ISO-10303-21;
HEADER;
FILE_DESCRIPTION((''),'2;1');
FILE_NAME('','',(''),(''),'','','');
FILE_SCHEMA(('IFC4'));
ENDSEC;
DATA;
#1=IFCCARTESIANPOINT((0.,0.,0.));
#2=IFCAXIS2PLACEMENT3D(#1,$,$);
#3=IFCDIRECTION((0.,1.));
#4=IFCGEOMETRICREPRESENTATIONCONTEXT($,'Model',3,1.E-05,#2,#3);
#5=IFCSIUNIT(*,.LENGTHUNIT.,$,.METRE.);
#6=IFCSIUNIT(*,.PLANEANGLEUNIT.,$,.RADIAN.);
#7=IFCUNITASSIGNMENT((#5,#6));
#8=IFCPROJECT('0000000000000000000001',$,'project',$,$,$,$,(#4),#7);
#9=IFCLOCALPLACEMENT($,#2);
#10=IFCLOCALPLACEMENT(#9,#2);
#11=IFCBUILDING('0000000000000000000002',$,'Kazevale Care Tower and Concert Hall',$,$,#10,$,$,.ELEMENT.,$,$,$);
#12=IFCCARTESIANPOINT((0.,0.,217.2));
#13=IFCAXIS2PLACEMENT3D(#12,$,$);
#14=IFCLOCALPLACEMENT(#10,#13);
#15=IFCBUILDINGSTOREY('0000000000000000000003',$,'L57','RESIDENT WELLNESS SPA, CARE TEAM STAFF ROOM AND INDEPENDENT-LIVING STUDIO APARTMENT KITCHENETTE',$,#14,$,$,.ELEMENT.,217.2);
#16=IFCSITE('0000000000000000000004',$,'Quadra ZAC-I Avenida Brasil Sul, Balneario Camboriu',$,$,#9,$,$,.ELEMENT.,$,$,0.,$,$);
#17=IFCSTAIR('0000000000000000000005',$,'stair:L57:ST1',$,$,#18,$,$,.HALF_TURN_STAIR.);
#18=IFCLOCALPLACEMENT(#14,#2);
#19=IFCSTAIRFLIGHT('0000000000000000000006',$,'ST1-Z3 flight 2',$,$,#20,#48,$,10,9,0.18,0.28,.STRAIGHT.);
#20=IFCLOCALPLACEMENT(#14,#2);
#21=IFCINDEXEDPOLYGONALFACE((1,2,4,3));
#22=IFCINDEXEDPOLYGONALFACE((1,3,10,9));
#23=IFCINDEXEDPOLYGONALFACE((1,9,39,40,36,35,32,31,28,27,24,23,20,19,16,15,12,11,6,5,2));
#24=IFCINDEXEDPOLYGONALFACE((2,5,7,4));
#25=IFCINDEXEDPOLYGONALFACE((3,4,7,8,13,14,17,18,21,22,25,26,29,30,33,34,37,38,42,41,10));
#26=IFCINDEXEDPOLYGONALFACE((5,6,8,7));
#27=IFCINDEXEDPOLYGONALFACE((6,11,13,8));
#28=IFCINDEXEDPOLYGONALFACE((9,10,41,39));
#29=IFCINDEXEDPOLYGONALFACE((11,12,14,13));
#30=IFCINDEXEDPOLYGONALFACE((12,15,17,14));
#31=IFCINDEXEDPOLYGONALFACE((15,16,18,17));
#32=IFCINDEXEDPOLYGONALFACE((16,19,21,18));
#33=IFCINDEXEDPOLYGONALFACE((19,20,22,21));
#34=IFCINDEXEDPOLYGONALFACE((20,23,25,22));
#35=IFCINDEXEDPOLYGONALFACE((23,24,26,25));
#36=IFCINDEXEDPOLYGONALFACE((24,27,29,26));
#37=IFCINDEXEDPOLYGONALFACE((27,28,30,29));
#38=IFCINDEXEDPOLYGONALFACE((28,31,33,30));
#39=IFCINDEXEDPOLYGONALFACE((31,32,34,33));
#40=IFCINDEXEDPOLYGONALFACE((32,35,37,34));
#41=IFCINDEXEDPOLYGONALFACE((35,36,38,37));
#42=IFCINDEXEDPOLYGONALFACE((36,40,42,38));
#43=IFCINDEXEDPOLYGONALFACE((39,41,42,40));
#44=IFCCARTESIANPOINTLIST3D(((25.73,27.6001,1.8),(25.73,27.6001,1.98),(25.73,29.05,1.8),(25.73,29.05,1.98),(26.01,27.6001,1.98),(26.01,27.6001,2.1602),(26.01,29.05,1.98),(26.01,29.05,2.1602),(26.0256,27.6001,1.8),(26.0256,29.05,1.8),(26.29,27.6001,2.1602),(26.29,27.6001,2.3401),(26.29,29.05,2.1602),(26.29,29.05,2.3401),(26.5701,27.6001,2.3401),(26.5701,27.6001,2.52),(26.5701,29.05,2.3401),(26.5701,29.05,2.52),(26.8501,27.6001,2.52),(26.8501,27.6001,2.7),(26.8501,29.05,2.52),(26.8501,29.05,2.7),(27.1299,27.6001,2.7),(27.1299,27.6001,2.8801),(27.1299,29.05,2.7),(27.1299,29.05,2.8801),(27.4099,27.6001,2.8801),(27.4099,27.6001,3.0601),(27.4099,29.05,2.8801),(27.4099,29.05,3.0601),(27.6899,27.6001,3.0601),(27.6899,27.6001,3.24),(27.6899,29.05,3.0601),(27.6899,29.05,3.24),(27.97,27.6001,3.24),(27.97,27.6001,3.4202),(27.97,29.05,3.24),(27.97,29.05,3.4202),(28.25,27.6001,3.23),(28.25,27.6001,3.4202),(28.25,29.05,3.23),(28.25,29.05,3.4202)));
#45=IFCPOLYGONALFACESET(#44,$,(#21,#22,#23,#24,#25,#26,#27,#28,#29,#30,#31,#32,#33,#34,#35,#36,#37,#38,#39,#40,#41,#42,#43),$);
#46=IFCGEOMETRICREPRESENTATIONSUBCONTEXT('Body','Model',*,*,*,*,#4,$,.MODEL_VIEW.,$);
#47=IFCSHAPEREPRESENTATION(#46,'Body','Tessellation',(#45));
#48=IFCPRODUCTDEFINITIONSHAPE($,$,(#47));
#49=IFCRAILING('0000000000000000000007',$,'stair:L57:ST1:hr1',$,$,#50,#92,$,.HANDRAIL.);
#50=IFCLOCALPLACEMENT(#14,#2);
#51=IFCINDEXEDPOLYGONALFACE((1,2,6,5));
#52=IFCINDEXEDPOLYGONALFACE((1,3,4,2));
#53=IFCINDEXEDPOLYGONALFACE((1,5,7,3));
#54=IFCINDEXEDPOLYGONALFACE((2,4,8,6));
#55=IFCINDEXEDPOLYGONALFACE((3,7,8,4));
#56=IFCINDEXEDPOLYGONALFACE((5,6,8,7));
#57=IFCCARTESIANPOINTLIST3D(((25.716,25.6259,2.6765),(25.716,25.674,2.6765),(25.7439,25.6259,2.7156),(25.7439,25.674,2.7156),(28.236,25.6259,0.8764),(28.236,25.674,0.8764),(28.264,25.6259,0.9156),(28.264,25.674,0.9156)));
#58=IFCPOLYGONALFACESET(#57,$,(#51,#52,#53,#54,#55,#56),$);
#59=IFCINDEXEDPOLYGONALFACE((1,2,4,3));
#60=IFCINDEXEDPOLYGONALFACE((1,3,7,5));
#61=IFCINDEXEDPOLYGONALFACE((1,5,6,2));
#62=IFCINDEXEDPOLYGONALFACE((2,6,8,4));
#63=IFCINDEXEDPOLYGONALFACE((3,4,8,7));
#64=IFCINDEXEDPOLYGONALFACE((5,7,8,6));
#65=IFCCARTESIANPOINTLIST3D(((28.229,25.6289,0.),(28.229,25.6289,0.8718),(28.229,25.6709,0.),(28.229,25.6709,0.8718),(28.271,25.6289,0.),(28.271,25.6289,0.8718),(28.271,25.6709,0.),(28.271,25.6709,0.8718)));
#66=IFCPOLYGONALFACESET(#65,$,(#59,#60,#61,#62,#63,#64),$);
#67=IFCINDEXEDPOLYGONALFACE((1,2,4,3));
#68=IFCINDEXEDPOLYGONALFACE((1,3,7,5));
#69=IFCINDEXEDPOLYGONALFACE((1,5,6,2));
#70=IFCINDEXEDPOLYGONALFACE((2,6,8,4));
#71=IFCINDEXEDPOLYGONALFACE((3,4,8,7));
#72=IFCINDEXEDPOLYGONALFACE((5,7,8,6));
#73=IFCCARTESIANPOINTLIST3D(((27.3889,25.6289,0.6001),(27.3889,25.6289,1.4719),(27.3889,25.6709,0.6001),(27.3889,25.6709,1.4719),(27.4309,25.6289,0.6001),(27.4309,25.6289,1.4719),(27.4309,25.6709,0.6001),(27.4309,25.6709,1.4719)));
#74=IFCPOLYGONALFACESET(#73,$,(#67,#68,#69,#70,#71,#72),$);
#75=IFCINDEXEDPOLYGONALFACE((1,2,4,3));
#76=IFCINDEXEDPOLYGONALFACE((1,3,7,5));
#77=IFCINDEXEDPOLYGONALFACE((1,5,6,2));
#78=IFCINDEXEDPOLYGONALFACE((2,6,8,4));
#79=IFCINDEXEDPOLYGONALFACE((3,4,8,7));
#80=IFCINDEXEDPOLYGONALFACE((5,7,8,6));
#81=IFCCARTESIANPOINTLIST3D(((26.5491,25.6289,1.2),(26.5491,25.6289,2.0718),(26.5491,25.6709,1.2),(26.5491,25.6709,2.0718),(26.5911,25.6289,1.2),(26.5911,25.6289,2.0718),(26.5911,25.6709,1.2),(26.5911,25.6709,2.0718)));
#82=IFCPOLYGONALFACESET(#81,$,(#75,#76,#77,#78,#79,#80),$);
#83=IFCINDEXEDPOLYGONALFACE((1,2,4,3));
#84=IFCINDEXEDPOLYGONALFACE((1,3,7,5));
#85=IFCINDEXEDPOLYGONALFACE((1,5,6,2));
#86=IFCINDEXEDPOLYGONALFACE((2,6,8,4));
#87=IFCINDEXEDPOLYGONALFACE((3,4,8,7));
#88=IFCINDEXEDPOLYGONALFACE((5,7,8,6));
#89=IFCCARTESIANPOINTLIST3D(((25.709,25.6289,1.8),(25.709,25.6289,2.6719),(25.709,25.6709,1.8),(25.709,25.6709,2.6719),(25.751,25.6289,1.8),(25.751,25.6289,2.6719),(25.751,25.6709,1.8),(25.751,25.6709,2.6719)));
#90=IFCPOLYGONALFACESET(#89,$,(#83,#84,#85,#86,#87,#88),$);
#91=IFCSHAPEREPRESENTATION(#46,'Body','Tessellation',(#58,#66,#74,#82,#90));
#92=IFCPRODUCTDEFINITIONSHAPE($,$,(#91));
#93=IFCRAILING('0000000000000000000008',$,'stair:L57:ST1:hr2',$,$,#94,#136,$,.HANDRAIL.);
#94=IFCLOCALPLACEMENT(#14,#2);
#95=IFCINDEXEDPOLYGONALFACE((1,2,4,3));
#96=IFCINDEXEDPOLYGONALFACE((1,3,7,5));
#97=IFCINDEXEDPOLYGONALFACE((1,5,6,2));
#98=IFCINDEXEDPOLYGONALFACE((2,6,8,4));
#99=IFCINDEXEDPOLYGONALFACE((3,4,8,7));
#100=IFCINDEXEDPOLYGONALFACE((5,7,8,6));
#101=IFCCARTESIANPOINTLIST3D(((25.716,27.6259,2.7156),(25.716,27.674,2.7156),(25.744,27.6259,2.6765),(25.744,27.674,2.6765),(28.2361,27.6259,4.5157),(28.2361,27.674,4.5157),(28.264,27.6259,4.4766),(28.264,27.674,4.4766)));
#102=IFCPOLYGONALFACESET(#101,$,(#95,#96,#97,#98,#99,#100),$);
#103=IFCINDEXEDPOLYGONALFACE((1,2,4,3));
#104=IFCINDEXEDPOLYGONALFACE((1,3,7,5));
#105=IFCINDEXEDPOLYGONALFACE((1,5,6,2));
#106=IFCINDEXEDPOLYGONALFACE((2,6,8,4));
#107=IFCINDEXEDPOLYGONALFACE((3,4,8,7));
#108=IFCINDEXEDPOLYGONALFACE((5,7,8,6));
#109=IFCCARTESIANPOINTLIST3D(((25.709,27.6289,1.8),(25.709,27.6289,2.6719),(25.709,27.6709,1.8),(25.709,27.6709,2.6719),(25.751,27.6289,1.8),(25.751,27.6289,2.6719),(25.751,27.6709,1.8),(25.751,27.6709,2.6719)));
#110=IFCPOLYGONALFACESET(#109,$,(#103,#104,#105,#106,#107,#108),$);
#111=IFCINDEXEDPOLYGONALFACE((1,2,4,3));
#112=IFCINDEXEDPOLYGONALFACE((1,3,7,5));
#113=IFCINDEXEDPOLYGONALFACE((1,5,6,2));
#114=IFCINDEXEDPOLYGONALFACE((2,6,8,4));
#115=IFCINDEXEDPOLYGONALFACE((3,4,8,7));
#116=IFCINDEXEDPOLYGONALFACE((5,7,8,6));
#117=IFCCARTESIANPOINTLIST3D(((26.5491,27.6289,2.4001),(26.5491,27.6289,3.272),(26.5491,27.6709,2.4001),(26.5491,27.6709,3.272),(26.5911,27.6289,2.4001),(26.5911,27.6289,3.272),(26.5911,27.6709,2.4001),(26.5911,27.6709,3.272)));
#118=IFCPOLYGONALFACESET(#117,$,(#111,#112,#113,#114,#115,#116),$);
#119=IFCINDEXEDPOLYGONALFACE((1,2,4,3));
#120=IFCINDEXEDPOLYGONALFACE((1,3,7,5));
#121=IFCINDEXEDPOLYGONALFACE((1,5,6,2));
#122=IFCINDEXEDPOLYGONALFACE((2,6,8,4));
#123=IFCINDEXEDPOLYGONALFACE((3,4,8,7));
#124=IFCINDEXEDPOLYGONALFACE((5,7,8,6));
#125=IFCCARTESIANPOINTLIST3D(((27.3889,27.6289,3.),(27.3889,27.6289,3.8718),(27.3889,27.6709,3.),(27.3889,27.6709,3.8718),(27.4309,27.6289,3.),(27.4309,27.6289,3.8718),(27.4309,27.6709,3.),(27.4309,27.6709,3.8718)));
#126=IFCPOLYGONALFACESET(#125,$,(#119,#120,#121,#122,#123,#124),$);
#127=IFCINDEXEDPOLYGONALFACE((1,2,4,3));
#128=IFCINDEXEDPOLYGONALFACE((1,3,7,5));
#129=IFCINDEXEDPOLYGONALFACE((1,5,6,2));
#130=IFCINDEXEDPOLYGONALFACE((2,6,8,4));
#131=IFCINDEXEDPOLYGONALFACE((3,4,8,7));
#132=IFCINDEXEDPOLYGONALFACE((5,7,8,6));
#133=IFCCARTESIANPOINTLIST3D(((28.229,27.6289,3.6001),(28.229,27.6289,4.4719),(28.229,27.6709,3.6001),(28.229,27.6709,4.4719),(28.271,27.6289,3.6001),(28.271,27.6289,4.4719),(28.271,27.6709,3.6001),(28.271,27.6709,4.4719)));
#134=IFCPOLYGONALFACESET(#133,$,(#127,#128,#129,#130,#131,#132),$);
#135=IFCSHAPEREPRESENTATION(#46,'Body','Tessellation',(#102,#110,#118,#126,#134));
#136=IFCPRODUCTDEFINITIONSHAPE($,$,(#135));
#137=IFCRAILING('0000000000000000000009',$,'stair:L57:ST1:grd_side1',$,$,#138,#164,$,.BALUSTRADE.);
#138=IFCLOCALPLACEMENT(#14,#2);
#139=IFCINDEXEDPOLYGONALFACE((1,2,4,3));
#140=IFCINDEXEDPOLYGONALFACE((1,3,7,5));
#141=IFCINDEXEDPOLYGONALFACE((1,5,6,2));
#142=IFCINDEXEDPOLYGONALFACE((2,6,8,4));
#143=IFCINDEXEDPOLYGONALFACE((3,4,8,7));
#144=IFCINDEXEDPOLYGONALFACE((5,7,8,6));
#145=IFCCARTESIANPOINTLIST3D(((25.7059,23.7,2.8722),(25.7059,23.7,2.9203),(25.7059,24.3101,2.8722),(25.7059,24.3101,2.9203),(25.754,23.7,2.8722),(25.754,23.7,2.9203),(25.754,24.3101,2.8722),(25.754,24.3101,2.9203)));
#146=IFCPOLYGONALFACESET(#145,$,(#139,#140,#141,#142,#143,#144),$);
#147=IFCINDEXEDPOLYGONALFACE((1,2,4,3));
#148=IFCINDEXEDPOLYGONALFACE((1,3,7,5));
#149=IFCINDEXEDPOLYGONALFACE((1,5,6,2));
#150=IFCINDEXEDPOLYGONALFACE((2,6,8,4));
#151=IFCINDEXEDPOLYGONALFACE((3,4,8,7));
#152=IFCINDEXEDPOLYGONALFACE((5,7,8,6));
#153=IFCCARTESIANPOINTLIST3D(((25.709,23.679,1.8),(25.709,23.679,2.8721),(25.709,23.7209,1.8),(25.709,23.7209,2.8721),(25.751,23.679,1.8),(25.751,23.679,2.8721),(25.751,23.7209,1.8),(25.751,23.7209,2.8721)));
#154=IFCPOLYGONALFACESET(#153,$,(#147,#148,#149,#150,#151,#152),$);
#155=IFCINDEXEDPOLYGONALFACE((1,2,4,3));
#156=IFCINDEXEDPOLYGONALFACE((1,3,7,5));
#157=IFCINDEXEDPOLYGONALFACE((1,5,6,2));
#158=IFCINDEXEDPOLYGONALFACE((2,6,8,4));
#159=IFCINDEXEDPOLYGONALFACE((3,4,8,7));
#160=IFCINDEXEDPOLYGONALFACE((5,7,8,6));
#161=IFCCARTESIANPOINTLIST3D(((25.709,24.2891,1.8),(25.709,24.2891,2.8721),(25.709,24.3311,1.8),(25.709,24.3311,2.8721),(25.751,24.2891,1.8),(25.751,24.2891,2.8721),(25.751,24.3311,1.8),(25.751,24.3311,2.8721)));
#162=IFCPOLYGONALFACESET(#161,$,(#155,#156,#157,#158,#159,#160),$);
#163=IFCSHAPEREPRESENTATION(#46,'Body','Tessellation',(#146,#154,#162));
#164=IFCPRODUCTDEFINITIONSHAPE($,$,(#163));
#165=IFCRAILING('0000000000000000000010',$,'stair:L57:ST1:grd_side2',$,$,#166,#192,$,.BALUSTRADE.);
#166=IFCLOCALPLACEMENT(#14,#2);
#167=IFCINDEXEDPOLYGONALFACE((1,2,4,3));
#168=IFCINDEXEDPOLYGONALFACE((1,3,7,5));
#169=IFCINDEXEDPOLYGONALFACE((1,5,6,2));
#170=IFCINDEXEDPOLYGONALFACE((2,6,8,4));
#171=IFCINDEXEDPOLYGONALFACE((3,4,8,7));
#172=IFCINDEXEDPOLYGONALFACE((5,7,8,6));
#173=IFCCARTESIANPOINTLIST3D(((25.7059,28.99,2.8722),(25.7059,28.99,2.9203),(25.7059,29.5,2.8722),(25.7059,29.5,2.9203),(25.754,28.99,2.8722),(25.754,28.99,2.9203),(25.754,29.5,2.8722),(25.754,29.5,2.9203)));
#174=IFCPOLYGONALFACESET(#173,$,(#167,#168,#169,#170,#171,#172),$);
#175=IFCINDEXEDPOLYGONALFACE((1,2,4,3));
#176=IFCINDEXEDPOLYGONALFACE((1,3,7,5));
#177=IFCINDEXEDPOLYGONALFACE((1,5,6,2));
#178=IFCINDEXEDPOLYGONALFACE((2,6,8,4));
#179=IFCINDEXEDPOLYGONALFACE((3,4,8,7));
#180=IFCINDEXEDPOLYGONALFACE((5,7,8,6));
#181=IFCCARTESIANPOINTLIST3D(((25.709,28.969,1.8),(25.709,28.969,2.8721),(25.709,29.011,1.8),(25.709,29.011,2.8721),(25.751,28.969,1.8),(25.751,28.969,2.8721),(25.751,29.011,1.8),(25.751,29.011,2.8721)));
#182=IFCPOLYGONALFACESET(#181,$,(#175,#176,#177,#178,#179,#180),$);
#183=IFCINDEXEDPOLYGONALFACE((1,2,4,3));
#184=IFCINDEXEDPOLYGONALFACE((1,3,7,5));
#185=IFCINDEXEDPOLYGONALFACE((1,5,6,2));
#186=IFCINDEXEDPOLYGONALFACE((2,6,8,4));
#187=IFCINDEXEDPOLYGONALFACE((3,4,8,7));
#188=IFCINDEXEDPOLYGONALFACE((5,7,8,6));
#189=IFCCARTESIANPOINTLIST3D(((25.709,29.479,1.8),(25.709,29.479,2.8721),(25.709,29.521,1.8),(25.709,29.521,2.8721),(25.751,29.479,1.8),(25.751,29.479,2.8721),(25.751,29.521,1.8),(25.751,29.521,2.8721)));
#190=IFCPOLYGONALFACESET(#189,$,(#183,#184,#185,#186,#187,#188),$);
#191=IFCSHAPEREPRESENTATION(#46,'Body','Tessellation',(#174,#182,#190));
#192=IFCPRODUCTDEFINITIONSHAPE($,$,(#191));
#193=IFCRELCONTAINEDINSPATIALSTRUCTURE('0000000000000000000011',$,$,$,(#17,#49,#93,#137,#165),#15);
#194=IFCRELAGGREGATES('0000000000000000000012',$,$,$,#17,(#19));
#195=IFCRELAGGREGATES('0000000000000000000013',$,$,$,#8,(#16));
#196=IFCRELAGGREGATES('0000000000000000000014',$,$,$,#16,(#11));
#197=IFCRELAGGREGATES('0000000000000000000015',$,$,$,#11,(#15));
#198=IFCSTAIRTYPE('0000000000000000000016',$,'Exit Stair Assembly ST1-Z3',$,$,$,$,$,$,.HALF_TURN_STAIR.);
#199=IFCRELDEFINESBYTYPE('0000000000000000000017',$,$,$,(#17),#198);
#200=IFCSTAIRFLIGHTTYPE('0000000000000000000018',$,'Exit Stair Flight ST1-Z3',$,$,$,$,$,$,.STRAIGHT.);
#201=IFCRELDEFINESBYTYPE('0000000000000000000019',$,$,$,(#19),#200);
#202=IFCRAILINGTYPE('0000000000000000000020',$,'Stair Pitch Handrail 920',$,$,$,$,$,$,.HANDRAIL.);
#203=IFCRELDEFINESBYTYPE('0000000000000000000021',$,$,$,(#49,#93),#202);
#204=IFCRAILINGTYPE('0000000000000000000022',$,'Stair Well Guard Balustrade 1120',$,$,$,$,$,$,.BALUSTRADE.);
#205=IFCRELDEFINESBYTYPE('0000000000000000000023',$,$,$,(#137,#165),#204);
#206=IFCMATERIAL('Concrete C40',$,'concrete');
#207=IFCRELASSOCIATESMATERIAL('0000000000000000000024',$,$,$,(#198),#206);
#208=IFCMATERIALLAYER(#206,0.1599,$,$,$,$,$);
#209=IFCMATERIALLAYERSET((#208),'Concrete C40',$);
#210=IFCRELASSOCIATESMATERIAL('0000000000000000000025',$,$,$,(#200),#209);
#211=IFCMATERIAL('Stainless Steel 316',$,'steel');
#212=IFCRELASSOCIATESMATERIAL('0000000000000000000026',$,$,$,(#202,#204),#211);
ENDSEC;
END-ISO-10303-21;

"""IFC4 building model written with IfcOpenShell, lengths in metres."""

from ifc_helpers import new_model, si_unit, direction, frame, origin, origin_2d, place, context, subcontext, project, spatial, polyline, rectangle, outline, extrude, material, layer, layer_set, type_object, element, aggregate, save


model = new_model("IFC4")

# Units and contexts
model_context = context("Model", 3, precision=1e-05, world=origin(), true_north=direction((0.0, 1.0)))
body_context = subcontext(model_context, "Body", "Model", "MODEL_VIEW")
ifc_project = project(units=[si_unit("LENGTHUNIT", "METRE"), si_unit("PLANEANGLEUNIT", "RADIAN")], contexts=[model_context])

# Site, building, storey
site_placement = place(None, origin())
site = spatial("IfcSite", under=ifc_project, at=site_placement, Name="Quadra ZAC-I Avenida Brasil Sul, Balneario Camboriu", CompositionType="ELEMENT", RefElevation=0.0)
building_placement = place(site_placement, origin())
building = spatial("IfcBuilding", under=site, at=building_placement, Name="Kazevale Care Tower and Concert Hall", CompositionType="ELEMENT")
storey_placement = place(building_placement, frame((0.0, 0.0, 217.2)))
storey = spatial("IfcBuildingStorey", under=building, at=storey_placement, Name="L57", Description="RESIDENT WELLNESS SPA, CARE TEAM STAFF ROOM AND INDEPENDENT-LIVING STUDIO APARTMENT KITCHENETTE", CompositionType="ELEMENT", Elevation=217.2)

# Shared definitions
ifc_material_1 = material(Name="Concrete C40", Category="concrete")
ifc_material_2 = material(Name="Stainless Steel 316", Category="steel")

# Stair, stair flight
stair_type = type_object("IfcStairType", Name="Exit Stair Assembly ST1-Z3", PredefinedType="HALF_TURN_STAIR", material=ifc_material_1)
stair_placement = place(storey_placement, origin())
stair = element("IfcStair", 1, at=stair_placement, inside=storey, type_object=stair_type, Name="stair:L57:ST1", PredefinedType="HALF_TURN_STAIR")
ifc_layer_1 = layer(ifc_material_1, 0.1599)
ifc_layer_set_1 = layer_set([ifc_layer_1], Name="Concrete C40")
stair_flight_type = type_object("IfcStairFlightType", Name="Exit Stair Flight ST1-Z3", PredefinedType="STRAIGHT", material=ifc_layer_set_1)
stair_flight_1_placement = place(storey_placement, frame((25.73, 28.325, 1.8), z_axis=(0.0, 0.0, 1.0), x_axis=(1.0, 0.0, 0.0)))
stair_flight_1 = element("IfcStairFlight", 2, at=stair_flight_1_placement, type_object=stair_flight_type, Name="ST1-Z3 flight 2", NumberOfRisers=10, NumberOfTreads=9, PredefinedType="STRAIGHT", RiserHeight=0.18, TreadLength=0.28, context=body_context, shape_type="SweptSolid", body=[
    extrude(outline(polyline([(0.0, 0.0), (0.0, 0.1799), (0.28, 0.1799), (0.28, 0.3601), (0.5601, 0.3601), (0.5601, 0.54), (0.8401, 0.54), (0.8401, 0.72), (1.1201, 0.72), (1.1201, 0.8999), (1.3999, 0.8999), (1.3999, 1.0801), (1.6799, 1.0801), (1.6799, 1.26), (1.96, 1.26), (1.96, 1.4399), (2.24, 1.4399), (2.24, 1.6201), (2.52, 1.6201), (2.52, 1.8), (2.52, 1.4299), (0.2957, 0.0), (0.0, 0.0)])), frame((0.0, 0.7251, 0.0), z_axis=(0.0, -1.0, 0.0), x_axis=(1.0, 0.0, 0.0)), (0.0, 0.0, 1.0), 1.45),
])
aggregate(stair, [stair_flight_1])

# Railings
railing_type_1 = type_object("IfcRailingType", Name="Stair Pitch Handrail 920", PredefinedType="HANDRAIL", material=ifc_material_2)
railing_1_placement = place(storey_placement, frame((28.25, 25.6499, 0.0)))
element("IfcRailing", 3, at=railing_1_placement, inside=storey, type_object=railing_type_1, Name="stair:L57:ST1:hr1", PredefinedType="HANDRAIL", context=body_context, shape_type="SweptSolid", body=[
    extrude(rectangle(XDim=0.0481, YDim=0.0481, at=origin_2d()), frame((0.0, 0.0, 0.896), z_axis=(-0.813728, 0.0, 0.581246), x_axis=(0.0, -1.0, 0.0)), (0.0, 0.0, 1.0), 3.0969),
    extrude(rectangle(XDim=0.042, YDim=0.042, at=origin_2d()), origin(), (0.0, 0.0, 1.0), 0.8718),
    extrude(rectangle(XDim=0.042, YDim=0.042, at=origin_2d()), frame((-0.8401, 0.0, 0.6001)), (0.0, 0.0, 1.0), 0.8718),
    extrude(rectangle(XDim=0.042, YDim=0.042, at=origin_2d()), frame((-1.6799, 0.0, 1.2)), (0.0, 0.0, 1.0), 0.8718),
    extrude(rectangle(XDim=0.042, YDim=0.042, at=origin_2d()), frame((-2.52, 0.0, 1.8)), (0.0, 0.0, 1.0), 0.8718),
])
railing_2_placement = place(storey_placement, frame((25.73, 27.6499, 1.8)))
element("IfcRailing", 4, at=railing_2_placement, inside=storey, type_object=railing_type_1, Name="stair:L57:ST1:hr2", PredefinedType="HANDRAIL", context=body_context, shape_type="SweptSolid", body=[
    extrude(rectangle(XDim=0.0481, YDim=0.0481, at=origin_2d()), frame((0.0, 0.0, 0.896), z_axis=(0.813728, 0.0, 0.581246), x_axis=(0.0, 1.0, 0.0)), (0.0, 0.0, 1.0), 3.0969),
    extrude(rectangle(XDim=0.042, YDim=0.042, at=origin_2d()), origin(), (0.0, 0.0, 1.0), 0.8718),
    extrude(rectangle(XDim=0.042, YDim=0.042, at=origin_2d()), frame((0.8401, 0.0, 0.6001)), (0.0, 0.0, 1.0), 0.8718),
    extrude(rectangle(XDim=0.042, YDim=0.042, at=origin_2d()), frame((1.6799, 0.0, 1.2)), (0.0, 0.0, 1.0), 0.8718),
    extrude(rectangle(XDim=0.042, YDim=0.042, at=origin_2d()), frame((2.52, 0.0, 1.8)), (0.0, 0.0, 1.0), 0.8718),
])
railing_type_2 = type_object("IfcRailingType", Name="Stair Well Guard Balustrade 1120", PredefinedType="BALUSTRADE", material=ifc_material_2)
railing_3_placement = place(storey_placement, frame((25.73, 23.7, 1.8)))
element("IfcRailing", 5, at=railing_3_placement, inside=storey, type_object=railing_type_2, Name="stair:L57:ST1:grd_side1", PredefinedType="BALUSTRADE", context=body_context, shape_type="SweptSolid", body=[
    extrude(rectangle(XDim=0.0481, YDim=0.0481, at=origin_2d()), frame((0.0, 0.0, 1.0962), z_axis=(0.0, 1.0, 0.0), x_axis=(-1.0, 0.0, 0.0)), (0.0, 0.0, 1.0), 0.6101),
    extrude(rectangle(XDim=0.042, YDim=0.042, at=origin_2d()), origin(), (0.0, 0.0, 1.0), 1.072),
    extrude(rectangle(XDim=0.042, YDim=0.042, at=origin_2d()), frame((0.0, 0.6101, 0.0)), (0.0, 0.0, 1.0), 1.072),
])
railing_4_placement = place(storey_placement, frame((25.73, 28.99, 1.8)))
element("IfcRailing", 6, at=railing_4_placement, inside=storey, type_object=railing_type_2, Name="stair:L57:ST1:grd_side2", PredefinedType="BALUSTRADE", context=body_context, shape_type="SweptSolid", body=[
    extrude(rectangle(XDim=0.0481, YDim=0.0481, at=origin_2d()), frame((0.0, 0.0, 1.0962), z_axis=(0.0, 1.0, 0.0), x_axis=(-1.0, 0.0, 0.0)), (0.0, 0.0, 1.0), 0.51),
    extrude(rectangle(XDim=0.042, YDim=0.042, at=origin_2d()), origin(), (0.0, 0.0, 1.0), 1.072),
    extrude(rectangle(XDim=0.042, YDim=0.042, at=origin_2d()), frame((0.0, 0.51, 0.0)), (0.0, 0.0, 1.0), 1.072),
])

save(model, "model.ifc")
